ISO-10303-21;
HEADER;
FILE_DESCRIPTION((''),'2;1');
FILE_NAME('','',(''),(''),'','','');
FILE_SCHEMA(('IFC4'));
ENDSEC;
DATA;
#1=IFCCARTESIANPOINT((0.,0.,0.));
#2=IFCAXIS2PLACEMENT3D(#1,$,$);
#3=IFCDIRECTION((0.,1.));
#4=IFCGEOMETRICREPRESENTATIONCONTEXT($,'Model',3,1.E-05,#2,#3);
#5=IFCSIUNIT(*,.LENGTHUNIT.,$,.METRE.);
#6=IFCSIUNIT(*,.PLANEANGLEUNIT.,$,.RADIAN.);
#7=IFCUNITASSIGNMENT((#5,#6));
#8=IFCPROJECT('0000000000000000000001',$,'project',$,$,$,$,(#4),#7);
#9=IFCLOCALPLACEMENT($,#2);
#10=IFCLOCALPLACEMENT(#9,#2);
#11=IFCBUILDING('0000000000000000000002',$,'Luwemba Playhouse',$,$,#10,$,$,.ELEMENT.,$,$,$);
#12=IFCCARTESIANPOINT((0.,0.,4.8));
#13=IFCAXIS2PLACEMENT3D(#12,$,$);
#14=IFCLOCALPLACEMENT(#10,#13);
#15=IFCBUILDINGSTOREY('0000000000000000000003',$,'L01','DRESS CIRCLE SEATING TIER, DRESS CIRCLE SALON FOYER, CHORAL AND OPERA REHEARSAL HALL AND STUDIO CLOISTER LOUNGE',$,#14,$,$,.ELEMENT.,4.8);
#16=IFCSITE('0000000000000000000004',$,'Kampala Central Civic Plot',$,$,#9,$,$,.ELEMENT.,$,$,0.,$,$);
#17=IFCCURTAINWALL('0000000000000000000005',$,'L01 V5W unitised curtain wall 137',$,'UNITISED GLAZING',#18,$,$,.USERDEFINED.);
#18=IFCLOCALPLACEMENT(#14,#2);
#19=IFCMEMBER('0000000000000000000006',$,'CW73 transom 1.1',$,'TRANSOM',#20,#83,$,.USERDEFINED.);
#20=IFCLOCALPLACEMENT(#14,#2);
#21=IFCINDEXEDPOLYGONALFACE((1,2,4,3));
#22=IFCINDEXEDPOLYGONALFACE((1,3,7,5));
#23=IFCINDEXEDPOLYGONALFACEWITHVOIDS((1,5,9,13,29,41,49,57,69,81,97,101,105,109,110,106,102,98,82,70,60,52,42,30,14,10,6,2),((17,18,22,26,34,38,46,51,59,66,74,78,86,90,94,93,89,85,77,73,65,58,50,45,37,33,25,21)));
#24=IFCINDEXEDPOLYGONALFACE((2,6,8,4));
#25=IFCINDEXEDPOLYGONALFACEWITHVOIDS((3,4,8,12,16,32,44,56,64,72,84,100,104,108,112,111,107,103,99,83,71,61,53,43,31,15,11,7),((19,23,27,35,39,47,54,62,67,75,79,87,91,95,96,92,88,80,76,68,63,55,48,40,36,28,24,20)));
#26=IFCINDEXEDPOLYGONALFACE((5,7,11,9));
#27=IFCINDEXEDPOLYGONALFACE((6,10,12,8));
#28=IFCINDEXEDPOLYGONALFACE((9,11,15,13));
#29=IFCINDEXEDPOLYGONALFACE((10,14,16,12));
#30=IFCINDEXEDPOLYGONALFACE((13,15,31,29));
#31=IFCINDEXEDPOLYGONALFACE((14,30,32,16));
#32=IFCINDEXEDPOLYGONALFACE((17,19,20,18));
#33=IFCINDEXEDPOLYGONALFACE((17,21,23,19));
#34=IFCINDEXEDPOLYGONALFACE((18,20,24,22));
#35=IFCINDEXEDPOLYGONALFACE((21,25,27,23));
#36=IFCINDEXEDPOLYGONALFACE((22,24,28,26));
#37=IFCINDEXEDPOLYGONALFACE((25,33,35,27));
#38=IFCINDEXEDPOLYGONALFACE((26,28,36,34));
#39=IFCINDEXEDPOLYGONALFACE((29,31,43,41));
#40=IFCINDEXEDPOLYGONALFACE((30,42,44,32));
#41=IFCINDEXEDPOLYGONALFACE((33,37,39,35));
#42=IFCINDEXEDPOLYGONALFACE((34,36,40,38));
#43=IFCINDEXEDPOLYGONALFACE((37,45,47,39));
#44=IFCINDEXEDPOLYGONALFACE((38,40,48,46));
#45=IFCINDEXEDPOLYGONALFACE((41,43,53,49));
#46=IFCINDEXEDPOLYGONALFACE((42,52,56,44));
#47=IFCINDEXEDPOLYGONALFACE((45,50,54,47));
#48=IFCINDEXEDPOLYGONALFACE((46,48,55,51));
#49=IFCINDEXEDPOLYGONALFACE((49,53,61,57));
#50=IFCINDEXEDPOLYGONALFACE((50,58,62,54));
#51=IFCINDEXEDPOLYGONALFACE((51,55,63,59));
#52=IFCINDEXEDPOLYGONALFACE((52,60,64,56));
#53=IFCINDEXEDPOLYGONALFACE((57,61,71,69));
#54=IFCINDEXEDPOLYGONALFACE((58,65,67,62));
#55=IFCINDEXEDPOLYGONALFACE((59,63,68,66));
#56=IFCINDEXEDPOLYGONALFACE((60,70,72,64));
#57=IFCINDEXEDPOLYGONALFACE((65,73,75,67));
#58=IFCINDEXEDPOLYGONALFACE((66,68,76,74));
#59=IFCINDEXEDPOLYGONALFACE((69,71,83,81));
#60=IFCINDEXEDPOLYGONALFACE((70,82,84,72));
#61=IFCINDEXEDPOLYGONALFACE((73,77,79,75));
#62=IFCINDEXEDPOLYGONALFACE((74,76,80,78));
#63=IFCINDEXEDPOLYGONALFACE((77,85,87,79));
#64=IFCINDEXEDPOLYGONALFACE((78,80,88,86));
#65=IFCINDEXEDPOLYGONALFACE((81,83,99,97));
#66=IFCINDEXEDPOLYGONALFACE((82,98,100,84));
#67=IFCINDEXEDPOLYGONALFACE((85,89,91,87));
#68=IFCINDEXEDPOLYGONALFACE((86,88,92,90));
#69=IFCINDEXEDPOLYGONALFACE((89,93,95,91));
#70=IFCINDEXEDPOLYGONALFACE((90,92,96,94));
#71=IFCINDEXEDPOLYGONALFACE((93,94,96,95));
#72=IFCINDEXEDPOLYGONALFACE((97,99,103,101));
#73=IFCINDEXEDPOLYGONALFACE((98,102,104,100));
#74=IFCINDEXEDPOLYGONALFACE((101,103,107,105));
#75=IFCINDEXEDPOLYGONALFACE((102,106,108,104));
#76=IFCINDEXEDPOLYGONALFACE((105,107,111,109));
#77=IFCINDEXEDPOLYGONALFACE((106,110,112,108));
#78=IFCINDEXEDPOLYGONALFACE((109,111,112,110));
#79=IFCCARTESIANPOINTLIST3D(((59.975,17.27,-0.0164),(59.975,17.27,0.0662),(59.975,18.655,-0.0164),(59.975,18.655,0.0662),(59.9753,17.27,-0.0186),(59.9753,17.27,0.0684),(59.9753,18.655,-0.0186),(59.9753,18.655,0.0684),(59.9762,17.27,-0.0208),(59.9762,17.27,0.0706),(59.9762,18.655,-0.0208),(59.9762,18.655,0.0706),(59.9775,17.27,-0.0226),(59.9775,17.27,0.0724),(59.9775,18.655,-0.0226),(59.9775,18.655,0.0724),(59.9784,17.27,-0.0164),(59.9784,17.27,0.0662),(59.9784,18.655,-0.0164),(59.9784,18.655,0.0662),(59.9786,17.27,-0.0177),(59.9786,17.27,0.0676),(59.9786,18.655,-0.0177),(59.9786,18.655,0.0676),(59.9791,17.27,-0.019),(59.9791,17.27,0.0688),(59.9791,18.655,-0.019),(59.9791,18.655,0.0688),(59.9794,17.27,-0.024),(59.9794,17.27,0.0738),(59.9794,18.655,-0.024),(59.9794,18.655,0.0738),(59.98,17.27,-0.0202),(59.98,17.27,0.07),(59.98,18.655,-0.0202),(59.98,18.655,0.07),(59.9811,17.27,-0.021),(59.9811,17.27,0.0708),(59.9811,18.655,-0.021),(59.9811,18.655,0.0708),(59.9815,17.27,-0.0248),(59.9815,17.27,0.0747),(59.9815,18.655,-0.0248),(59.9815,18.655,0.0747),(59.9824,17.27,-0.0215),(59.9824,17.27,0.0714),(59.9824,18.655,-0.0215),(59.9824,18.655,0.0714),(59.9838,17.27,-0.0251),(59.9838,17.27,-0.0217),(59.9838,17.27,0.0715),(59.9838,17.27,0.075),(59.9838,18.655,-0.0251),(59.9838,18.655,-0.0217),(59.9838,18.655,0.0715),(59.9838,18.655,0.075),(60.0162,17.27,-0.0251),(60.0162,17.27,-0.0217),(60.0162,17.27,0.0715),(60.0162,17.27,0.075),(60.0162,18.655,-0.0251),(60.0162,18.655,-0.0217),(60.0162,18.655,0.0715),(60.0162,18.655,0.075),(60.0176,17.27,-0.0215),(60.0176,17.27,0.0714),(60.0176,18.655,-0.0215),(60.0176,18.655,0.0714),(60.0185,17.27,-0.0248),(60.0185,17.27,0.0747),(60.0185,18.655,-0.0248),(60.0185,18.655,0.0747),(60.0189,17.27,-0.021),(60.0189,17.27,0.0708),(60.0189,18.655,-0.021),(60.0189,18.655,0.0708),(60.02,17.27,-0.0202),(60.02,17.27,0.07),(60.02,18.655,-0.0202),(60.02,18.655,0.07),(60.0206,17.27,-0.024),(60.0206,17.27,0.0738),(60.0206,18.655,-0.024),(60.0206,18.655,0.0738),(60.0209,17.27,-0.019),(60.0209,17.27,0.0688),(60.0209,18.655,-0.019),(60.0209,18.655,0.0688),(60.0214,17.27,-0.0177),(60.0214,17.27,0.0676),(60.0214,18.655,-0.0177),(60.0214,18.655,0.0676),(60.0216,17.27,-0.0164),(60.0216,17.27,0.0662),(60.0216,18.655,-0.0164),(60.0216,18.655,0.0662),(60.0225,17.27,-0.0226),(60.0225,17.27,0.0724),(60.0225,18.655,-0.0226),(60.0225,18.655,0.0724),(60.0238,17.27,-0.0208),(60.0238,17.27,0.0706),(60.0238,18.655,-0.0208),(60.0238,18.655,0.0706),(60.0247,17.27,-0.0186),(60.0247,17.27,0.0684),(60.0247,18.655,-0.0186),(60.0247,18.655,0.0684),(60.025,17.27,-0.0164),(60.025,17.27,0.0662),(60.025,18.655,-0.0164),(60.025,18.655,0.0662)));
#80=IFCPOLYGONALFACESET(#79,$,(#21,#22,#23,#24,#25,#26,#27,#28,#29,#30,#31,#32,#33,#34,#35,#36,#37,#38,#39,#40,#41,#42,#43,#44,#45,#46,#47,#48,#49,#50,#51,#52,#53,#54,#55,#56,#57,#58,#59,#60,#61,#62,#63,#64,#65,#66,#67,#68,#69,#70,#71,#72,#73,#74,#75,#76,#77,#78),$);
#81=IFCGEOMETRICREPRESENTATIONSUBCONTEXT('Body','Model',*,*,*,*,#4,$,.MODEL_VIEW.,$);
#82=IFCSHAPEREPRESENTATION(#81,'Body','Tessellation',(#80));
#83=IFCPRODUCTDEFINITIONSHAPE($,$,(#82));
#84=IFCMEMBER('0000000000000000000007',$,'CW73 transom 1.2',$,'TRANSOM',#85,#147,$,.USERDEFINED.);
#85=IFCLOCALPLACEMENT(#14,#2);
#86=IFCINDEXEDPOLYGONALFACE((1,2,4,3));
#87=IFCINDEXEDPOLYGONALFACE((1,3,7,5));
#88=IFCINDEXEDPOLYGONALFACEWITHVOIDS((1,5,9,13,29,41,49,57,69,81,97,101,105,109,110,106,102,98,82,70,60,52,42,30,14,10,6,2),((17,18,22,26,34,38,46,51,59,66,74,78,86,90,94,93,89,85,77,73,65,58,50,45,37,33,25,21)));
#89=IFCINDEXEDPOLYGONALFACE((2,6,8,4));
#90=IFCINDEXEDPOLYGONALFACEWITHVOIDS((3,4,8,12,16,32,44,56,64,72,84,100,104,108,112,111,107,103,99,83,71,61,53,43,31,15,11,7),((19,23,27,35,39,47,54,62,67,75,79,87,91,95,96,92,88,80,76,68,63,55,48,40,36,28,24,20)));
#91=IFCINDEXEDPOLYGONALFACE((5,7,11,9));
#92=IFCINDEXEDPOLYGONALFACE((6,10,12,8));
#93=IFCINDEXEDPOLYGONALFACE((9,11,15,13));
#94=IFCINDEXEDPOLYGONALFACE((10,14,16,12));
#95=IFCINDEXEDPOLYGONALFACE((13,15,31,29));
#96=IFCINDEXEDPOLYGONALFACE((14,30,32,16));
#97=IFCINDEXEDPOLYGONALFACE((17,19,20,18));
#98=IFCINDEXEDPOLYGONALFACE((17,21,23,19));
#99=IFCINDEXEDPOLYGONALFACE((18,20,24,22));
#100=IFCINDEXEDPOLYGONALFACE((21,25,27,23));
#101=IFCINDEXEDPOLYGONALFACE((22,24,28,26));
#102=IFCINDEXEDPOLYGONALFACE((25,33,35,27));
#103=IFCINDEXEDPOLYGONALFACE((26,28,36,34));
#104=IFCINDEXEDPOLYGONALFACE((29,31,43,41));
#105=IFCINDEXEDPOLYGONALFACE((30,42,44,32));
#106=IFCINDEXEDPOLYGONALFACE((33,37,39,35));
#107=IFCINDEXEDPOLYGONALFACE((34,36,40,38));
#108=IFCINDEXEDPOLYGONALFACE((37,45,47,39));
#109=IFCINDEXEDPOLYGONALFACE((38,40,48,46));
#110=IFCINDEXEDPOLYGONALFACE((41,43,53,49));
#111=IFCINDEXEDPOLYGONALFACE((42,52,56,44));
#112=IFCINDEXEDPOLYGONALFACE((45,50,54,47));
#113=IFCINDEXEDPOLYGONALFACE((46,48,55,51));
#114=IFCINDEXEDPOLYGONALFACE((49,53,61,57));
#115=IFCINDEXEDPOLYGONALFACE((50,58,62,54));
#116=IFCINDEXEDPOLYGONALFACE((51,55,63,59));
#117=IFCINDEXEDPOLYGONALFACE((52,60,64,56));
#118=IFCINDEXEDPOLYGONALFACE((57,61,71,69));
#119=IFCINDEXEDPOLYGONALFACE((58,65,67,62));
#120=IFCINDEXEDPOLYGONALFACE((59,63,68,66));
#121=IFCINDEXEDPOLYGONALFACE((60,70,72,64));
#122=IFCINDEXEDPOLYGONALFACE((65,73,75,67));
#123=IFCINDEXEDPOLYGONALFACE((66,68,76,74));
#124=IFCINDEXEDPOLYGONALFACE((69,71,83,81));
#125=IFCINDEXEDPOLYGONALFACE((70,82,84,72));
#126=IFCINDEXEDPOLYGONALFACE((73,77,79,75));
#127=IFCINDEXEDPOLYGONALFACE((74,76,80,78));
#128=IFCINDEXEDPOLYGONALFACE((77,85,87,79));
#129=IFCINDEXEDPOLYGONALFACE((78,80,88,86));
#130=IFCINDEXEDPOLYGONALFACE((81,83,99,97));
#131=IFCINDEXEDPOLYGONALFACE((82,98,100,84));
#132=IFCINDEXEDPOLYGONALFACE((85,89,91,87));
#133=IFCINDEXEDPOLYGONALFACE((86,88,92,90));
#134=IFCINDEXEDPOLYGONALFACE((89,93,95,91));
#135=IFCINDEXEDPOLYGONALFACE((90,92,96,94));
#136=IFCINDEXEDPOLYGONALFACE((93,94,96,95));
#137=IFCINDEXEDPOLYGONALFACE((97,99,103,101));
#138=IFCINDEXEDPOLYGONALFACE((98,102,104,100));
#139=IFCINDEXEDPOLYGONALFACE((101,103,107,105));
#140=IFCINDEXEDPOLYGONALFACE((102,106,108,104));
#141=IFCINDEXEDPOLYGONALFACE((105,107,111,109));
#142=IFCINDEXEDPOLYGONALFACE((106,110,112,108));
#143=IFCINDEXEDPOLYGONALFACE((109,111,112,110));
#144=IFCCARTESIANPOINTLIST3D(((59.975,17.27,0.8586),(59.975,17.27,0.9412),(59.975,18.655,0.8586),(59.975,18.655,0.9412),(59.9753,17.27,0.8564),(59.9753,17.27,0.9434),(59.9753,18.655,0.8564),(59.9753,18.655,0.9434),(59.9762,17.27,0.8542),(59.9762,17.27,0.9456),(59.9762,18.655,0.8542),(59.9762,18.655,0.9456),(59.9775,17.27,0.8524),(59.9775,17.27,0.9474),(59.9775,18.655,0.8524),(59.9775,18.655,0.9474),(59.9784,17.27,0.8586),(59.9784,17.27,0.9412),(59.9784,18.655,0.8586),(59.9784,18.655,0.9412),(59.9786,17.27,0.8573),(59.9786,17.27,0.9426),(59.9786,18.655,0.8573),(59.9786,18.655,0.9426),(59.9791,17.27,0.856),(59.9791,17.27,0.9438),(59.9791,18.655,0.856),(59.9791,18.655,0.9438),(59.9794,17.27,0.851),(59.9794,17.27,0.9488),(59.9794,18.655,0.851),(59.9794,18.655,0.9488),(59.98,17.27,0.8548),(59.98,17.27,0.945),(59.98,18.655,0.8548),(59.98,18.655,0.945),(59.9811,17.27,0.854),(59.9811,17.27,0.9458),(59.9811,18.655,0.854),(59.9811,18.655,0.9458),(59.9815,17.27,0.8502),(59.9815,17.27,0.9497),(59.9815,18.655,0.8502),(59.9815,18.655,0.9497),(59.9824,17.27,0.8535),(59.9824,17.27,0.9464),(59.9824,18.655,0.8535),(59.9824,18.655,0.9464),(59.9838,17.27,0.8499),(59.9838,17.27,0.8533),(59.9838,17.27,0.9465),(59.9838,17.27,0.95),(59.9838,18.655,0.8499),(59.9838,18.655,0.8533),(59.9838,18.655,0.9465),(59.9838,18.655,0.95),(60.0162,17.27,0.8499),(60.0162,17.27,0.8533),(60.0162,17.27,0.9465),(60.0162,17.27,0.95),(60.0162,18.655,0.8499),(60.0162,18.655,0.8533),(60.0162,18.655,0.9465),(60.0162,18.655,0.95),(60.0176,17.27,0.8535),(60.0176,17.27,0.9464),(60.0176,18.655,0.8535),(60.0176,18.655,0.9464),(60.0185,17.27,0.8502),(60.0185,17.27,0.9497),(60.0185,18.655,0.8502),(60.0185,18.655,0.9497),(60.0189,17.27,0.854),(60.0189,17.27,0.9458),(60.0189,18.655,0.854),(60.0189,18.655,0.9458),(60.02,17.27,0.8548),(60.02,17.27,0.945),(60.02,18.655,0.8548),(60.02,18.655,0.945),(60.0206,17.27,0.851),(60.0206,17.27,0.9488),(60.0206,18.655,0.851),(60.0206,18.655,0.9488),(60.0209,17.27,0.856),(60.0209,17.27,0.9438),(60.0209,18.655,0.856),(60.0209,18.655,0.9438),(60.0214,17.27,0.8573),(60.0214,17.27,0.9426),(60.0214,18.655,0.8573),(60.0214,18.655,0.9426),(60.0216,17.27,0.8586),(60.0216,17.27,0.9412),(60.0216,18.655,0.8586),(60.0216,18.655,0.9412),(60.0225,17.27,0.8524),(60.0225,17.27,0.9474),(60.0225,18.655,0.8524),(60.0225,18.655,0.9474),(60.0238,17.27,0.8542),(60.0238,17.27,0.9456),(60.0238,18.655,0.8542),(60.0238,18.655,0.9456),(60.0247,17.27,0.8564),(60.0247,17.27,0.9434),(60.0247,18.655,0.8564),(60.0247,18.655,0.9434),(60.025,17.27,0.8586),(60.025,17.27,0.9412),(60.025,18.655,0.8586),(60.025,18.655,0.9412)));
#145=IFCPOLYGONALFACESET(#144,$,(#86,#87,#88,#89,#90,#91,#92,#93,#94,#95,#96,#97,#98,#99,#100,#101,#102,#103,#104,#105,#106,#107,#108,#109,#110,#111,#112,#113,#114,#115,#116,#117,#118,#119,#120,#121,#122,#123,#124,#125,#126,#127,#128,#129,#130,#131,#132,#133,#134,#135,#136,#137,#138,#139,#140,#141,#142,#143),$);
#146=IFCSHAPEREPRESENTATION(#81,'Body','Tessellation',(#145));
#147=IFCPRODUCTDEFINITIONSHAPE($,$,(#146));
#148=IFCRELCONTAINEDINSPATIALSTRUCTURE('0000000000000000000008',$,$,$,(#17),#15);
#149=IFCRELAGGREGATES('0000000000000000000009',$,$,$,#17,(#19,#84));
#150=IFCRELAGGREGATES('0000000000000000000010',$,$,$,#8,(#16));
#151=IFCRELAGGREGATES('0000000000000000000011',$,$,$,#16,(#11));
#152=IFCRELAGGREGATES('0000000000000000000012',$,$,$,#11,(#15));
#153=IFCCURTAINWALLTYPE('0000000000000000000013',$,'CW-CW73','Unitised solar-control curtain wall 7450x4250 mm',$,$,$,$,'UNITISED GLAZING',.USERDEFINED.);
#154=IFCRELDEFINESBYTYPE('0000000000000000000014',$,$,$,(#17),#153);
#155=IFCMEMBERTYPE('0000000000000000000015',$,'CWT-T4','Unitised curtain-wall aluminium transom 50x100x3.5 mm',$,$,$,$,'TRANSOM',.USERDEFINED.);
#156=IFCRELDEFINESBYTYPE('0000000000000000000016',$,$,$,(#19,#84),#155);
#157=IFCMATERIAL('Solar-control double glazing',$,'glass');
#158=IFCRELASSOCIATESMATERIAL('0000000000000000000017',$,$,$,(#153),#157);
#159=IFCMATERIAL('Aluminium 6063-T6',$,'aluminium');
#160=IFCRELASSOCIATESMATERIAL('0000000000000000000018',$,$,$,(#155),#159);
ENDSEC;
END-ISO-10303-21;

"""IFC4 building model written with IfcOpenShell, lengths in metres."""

from ifc_helpers import new_model, si_unit, direction, frame, origin, origin_2d, place, context, subcontext, project, spatial, hollow_rectangle, extrude, material, material_profile, profile_set, type_object, element, aggregate, save


model = new_model("IFC4")

# Units and contexts
model_context = context("Model", 3, precision=1e-05, world=origin(), true_north=direction((0.0, 1.0)))
body_context = subcontext(model_context, "Body", "Model", "MODEL_VIEW")
ifc_project = project(units=[si_unit("LENGTHUNIT", "METRE"), si_unit("PLANEANGLEUNIT", "RADIAN")], contexts=[model_context])

# Site, building, storey
site_placement = place(None, origin())
site = spatial("IfcSite", under=ifc_project, at=site_placement, Name="Kampala Central Civic Plot", CompositionType="ELEMENT", RefElevation=0.0)
building_placement = place(site_placement, origin())
building = spatial("IfcBuilding", under=site, at=building_placement, Name="Luwemba Playhouse", CompositionType="ELEMENT")
storey_placement = place(building_placement, frame((0.0, 0.0, 4.8)))
storey = spatial("IfcBuildingStorey", under=building, at=storey_placement, Name="L01", Description="DRESS CIRCLE SEATING TIER, DRESS CIRCLE SALON FOYER, CHORAL AND OPERA REHEARSAL HALL AND STUDIO CLOISTER LOUNGE", CompositionType="ELEMENT", Elevation=4.8)

# Curtain wall
ifc_material_1 = material(Name="Solar-control double glazing", Category="glass")
ifc_material_2 = material(Name="Aluminium 6063-T6", Category="aluminium")
curtain_wall_type_1 = type_object("IfcCurtainWallType", Name="CW-CW73", Description="Unitised solar-control curtain wall 7450x4250 mm", ElementType="UNITISED GLAZING", PredefinedType="USERDEFINED", material=ifc_material_1)
curtain_wall_1_placement = place(storey_placement, origin())
curtain_wall_1 = element("IfcCurtainWall", 1, at=curtain_wall_1_placement, inside=storey, type_object=curtain_wall_type_1, Name="L01 V5W unitised curtain wall 137", ObjectType="UNITISED GLAZING", PredefinedType="USERDEFINED")

# Members
ifc_material_profile_1 = material_profile(ifc_material_2, hollow_rectangle(XDim=0.05, YDim=0.1001, WallThickness=0.0034, InnerFilletRadius=0.0054, OuterFilletRadius=0.0088, at=origin_2d()))
ifc_profile_set_1 = profile_set([ifc_material_profile_1], Name="Aluminium 6063-T6")
member_type_1 = type_object("IfcMemberType", Name="CWT-T4", Description="Unitised curtain-wall aluminium transom 50x100x3.5 mm", ElementType="TRANSOM", PredefinedType="USERDEFINED", material=ifc_profile_set_1)
member_1_placement = place(storey_placement, frame((60.0, 18.655, 0.0249), z_axis=(0.0, -1.0, 0.0), x_axis=(1.0, 0.0, 0.0)))
member_1 = element("IfcMember", 2, at=member_1_placement, type_object=member_type_1, Name="CW73 transom 1.1", ObjectType="TRANSOM", PredefinedType="USERDEFINED", context=body_context, shape_type="SweptSolid", body=[
    extrude(hollow_rectangle(XDim=0.05, YDim=0.1001, WallThickness=0.0034, InnerFilletRadius=0.0054, OuterFilletRadius=0.0088, at=origin_2d()), origin(), (0.0, 0.0, 1.0), 1.385),
])
member_2_placement = place(storey_placement, frame((60.0, 18.655, 0.8999), z_axis=(0.0, -1.0, 0.0), x_axis=(1.0, 0.0, 0.0)))
member_2 = element("IfcMember", 3, at=member_2_placement, type_object=member_type_1, Name="CW73 transom 1.2", ObjectType="TRANSOM", PredefinedType="USERDEFINED", context=body_context, shape_type="SweptSolid", body=[
    extrude(hollow_rectangle(XDim=0.05, YDim=0.1001, WallThickness=0.0034, InnerFilletRadius=0.0054, OuterFilletRadius=0.0088, at=origin_2d()), origin(), (0.0, 0.0, 1.0), 1.385),
])

aggregate(curtain_wall_1, [member_1, member_2])

save(model, "model.ifc")
